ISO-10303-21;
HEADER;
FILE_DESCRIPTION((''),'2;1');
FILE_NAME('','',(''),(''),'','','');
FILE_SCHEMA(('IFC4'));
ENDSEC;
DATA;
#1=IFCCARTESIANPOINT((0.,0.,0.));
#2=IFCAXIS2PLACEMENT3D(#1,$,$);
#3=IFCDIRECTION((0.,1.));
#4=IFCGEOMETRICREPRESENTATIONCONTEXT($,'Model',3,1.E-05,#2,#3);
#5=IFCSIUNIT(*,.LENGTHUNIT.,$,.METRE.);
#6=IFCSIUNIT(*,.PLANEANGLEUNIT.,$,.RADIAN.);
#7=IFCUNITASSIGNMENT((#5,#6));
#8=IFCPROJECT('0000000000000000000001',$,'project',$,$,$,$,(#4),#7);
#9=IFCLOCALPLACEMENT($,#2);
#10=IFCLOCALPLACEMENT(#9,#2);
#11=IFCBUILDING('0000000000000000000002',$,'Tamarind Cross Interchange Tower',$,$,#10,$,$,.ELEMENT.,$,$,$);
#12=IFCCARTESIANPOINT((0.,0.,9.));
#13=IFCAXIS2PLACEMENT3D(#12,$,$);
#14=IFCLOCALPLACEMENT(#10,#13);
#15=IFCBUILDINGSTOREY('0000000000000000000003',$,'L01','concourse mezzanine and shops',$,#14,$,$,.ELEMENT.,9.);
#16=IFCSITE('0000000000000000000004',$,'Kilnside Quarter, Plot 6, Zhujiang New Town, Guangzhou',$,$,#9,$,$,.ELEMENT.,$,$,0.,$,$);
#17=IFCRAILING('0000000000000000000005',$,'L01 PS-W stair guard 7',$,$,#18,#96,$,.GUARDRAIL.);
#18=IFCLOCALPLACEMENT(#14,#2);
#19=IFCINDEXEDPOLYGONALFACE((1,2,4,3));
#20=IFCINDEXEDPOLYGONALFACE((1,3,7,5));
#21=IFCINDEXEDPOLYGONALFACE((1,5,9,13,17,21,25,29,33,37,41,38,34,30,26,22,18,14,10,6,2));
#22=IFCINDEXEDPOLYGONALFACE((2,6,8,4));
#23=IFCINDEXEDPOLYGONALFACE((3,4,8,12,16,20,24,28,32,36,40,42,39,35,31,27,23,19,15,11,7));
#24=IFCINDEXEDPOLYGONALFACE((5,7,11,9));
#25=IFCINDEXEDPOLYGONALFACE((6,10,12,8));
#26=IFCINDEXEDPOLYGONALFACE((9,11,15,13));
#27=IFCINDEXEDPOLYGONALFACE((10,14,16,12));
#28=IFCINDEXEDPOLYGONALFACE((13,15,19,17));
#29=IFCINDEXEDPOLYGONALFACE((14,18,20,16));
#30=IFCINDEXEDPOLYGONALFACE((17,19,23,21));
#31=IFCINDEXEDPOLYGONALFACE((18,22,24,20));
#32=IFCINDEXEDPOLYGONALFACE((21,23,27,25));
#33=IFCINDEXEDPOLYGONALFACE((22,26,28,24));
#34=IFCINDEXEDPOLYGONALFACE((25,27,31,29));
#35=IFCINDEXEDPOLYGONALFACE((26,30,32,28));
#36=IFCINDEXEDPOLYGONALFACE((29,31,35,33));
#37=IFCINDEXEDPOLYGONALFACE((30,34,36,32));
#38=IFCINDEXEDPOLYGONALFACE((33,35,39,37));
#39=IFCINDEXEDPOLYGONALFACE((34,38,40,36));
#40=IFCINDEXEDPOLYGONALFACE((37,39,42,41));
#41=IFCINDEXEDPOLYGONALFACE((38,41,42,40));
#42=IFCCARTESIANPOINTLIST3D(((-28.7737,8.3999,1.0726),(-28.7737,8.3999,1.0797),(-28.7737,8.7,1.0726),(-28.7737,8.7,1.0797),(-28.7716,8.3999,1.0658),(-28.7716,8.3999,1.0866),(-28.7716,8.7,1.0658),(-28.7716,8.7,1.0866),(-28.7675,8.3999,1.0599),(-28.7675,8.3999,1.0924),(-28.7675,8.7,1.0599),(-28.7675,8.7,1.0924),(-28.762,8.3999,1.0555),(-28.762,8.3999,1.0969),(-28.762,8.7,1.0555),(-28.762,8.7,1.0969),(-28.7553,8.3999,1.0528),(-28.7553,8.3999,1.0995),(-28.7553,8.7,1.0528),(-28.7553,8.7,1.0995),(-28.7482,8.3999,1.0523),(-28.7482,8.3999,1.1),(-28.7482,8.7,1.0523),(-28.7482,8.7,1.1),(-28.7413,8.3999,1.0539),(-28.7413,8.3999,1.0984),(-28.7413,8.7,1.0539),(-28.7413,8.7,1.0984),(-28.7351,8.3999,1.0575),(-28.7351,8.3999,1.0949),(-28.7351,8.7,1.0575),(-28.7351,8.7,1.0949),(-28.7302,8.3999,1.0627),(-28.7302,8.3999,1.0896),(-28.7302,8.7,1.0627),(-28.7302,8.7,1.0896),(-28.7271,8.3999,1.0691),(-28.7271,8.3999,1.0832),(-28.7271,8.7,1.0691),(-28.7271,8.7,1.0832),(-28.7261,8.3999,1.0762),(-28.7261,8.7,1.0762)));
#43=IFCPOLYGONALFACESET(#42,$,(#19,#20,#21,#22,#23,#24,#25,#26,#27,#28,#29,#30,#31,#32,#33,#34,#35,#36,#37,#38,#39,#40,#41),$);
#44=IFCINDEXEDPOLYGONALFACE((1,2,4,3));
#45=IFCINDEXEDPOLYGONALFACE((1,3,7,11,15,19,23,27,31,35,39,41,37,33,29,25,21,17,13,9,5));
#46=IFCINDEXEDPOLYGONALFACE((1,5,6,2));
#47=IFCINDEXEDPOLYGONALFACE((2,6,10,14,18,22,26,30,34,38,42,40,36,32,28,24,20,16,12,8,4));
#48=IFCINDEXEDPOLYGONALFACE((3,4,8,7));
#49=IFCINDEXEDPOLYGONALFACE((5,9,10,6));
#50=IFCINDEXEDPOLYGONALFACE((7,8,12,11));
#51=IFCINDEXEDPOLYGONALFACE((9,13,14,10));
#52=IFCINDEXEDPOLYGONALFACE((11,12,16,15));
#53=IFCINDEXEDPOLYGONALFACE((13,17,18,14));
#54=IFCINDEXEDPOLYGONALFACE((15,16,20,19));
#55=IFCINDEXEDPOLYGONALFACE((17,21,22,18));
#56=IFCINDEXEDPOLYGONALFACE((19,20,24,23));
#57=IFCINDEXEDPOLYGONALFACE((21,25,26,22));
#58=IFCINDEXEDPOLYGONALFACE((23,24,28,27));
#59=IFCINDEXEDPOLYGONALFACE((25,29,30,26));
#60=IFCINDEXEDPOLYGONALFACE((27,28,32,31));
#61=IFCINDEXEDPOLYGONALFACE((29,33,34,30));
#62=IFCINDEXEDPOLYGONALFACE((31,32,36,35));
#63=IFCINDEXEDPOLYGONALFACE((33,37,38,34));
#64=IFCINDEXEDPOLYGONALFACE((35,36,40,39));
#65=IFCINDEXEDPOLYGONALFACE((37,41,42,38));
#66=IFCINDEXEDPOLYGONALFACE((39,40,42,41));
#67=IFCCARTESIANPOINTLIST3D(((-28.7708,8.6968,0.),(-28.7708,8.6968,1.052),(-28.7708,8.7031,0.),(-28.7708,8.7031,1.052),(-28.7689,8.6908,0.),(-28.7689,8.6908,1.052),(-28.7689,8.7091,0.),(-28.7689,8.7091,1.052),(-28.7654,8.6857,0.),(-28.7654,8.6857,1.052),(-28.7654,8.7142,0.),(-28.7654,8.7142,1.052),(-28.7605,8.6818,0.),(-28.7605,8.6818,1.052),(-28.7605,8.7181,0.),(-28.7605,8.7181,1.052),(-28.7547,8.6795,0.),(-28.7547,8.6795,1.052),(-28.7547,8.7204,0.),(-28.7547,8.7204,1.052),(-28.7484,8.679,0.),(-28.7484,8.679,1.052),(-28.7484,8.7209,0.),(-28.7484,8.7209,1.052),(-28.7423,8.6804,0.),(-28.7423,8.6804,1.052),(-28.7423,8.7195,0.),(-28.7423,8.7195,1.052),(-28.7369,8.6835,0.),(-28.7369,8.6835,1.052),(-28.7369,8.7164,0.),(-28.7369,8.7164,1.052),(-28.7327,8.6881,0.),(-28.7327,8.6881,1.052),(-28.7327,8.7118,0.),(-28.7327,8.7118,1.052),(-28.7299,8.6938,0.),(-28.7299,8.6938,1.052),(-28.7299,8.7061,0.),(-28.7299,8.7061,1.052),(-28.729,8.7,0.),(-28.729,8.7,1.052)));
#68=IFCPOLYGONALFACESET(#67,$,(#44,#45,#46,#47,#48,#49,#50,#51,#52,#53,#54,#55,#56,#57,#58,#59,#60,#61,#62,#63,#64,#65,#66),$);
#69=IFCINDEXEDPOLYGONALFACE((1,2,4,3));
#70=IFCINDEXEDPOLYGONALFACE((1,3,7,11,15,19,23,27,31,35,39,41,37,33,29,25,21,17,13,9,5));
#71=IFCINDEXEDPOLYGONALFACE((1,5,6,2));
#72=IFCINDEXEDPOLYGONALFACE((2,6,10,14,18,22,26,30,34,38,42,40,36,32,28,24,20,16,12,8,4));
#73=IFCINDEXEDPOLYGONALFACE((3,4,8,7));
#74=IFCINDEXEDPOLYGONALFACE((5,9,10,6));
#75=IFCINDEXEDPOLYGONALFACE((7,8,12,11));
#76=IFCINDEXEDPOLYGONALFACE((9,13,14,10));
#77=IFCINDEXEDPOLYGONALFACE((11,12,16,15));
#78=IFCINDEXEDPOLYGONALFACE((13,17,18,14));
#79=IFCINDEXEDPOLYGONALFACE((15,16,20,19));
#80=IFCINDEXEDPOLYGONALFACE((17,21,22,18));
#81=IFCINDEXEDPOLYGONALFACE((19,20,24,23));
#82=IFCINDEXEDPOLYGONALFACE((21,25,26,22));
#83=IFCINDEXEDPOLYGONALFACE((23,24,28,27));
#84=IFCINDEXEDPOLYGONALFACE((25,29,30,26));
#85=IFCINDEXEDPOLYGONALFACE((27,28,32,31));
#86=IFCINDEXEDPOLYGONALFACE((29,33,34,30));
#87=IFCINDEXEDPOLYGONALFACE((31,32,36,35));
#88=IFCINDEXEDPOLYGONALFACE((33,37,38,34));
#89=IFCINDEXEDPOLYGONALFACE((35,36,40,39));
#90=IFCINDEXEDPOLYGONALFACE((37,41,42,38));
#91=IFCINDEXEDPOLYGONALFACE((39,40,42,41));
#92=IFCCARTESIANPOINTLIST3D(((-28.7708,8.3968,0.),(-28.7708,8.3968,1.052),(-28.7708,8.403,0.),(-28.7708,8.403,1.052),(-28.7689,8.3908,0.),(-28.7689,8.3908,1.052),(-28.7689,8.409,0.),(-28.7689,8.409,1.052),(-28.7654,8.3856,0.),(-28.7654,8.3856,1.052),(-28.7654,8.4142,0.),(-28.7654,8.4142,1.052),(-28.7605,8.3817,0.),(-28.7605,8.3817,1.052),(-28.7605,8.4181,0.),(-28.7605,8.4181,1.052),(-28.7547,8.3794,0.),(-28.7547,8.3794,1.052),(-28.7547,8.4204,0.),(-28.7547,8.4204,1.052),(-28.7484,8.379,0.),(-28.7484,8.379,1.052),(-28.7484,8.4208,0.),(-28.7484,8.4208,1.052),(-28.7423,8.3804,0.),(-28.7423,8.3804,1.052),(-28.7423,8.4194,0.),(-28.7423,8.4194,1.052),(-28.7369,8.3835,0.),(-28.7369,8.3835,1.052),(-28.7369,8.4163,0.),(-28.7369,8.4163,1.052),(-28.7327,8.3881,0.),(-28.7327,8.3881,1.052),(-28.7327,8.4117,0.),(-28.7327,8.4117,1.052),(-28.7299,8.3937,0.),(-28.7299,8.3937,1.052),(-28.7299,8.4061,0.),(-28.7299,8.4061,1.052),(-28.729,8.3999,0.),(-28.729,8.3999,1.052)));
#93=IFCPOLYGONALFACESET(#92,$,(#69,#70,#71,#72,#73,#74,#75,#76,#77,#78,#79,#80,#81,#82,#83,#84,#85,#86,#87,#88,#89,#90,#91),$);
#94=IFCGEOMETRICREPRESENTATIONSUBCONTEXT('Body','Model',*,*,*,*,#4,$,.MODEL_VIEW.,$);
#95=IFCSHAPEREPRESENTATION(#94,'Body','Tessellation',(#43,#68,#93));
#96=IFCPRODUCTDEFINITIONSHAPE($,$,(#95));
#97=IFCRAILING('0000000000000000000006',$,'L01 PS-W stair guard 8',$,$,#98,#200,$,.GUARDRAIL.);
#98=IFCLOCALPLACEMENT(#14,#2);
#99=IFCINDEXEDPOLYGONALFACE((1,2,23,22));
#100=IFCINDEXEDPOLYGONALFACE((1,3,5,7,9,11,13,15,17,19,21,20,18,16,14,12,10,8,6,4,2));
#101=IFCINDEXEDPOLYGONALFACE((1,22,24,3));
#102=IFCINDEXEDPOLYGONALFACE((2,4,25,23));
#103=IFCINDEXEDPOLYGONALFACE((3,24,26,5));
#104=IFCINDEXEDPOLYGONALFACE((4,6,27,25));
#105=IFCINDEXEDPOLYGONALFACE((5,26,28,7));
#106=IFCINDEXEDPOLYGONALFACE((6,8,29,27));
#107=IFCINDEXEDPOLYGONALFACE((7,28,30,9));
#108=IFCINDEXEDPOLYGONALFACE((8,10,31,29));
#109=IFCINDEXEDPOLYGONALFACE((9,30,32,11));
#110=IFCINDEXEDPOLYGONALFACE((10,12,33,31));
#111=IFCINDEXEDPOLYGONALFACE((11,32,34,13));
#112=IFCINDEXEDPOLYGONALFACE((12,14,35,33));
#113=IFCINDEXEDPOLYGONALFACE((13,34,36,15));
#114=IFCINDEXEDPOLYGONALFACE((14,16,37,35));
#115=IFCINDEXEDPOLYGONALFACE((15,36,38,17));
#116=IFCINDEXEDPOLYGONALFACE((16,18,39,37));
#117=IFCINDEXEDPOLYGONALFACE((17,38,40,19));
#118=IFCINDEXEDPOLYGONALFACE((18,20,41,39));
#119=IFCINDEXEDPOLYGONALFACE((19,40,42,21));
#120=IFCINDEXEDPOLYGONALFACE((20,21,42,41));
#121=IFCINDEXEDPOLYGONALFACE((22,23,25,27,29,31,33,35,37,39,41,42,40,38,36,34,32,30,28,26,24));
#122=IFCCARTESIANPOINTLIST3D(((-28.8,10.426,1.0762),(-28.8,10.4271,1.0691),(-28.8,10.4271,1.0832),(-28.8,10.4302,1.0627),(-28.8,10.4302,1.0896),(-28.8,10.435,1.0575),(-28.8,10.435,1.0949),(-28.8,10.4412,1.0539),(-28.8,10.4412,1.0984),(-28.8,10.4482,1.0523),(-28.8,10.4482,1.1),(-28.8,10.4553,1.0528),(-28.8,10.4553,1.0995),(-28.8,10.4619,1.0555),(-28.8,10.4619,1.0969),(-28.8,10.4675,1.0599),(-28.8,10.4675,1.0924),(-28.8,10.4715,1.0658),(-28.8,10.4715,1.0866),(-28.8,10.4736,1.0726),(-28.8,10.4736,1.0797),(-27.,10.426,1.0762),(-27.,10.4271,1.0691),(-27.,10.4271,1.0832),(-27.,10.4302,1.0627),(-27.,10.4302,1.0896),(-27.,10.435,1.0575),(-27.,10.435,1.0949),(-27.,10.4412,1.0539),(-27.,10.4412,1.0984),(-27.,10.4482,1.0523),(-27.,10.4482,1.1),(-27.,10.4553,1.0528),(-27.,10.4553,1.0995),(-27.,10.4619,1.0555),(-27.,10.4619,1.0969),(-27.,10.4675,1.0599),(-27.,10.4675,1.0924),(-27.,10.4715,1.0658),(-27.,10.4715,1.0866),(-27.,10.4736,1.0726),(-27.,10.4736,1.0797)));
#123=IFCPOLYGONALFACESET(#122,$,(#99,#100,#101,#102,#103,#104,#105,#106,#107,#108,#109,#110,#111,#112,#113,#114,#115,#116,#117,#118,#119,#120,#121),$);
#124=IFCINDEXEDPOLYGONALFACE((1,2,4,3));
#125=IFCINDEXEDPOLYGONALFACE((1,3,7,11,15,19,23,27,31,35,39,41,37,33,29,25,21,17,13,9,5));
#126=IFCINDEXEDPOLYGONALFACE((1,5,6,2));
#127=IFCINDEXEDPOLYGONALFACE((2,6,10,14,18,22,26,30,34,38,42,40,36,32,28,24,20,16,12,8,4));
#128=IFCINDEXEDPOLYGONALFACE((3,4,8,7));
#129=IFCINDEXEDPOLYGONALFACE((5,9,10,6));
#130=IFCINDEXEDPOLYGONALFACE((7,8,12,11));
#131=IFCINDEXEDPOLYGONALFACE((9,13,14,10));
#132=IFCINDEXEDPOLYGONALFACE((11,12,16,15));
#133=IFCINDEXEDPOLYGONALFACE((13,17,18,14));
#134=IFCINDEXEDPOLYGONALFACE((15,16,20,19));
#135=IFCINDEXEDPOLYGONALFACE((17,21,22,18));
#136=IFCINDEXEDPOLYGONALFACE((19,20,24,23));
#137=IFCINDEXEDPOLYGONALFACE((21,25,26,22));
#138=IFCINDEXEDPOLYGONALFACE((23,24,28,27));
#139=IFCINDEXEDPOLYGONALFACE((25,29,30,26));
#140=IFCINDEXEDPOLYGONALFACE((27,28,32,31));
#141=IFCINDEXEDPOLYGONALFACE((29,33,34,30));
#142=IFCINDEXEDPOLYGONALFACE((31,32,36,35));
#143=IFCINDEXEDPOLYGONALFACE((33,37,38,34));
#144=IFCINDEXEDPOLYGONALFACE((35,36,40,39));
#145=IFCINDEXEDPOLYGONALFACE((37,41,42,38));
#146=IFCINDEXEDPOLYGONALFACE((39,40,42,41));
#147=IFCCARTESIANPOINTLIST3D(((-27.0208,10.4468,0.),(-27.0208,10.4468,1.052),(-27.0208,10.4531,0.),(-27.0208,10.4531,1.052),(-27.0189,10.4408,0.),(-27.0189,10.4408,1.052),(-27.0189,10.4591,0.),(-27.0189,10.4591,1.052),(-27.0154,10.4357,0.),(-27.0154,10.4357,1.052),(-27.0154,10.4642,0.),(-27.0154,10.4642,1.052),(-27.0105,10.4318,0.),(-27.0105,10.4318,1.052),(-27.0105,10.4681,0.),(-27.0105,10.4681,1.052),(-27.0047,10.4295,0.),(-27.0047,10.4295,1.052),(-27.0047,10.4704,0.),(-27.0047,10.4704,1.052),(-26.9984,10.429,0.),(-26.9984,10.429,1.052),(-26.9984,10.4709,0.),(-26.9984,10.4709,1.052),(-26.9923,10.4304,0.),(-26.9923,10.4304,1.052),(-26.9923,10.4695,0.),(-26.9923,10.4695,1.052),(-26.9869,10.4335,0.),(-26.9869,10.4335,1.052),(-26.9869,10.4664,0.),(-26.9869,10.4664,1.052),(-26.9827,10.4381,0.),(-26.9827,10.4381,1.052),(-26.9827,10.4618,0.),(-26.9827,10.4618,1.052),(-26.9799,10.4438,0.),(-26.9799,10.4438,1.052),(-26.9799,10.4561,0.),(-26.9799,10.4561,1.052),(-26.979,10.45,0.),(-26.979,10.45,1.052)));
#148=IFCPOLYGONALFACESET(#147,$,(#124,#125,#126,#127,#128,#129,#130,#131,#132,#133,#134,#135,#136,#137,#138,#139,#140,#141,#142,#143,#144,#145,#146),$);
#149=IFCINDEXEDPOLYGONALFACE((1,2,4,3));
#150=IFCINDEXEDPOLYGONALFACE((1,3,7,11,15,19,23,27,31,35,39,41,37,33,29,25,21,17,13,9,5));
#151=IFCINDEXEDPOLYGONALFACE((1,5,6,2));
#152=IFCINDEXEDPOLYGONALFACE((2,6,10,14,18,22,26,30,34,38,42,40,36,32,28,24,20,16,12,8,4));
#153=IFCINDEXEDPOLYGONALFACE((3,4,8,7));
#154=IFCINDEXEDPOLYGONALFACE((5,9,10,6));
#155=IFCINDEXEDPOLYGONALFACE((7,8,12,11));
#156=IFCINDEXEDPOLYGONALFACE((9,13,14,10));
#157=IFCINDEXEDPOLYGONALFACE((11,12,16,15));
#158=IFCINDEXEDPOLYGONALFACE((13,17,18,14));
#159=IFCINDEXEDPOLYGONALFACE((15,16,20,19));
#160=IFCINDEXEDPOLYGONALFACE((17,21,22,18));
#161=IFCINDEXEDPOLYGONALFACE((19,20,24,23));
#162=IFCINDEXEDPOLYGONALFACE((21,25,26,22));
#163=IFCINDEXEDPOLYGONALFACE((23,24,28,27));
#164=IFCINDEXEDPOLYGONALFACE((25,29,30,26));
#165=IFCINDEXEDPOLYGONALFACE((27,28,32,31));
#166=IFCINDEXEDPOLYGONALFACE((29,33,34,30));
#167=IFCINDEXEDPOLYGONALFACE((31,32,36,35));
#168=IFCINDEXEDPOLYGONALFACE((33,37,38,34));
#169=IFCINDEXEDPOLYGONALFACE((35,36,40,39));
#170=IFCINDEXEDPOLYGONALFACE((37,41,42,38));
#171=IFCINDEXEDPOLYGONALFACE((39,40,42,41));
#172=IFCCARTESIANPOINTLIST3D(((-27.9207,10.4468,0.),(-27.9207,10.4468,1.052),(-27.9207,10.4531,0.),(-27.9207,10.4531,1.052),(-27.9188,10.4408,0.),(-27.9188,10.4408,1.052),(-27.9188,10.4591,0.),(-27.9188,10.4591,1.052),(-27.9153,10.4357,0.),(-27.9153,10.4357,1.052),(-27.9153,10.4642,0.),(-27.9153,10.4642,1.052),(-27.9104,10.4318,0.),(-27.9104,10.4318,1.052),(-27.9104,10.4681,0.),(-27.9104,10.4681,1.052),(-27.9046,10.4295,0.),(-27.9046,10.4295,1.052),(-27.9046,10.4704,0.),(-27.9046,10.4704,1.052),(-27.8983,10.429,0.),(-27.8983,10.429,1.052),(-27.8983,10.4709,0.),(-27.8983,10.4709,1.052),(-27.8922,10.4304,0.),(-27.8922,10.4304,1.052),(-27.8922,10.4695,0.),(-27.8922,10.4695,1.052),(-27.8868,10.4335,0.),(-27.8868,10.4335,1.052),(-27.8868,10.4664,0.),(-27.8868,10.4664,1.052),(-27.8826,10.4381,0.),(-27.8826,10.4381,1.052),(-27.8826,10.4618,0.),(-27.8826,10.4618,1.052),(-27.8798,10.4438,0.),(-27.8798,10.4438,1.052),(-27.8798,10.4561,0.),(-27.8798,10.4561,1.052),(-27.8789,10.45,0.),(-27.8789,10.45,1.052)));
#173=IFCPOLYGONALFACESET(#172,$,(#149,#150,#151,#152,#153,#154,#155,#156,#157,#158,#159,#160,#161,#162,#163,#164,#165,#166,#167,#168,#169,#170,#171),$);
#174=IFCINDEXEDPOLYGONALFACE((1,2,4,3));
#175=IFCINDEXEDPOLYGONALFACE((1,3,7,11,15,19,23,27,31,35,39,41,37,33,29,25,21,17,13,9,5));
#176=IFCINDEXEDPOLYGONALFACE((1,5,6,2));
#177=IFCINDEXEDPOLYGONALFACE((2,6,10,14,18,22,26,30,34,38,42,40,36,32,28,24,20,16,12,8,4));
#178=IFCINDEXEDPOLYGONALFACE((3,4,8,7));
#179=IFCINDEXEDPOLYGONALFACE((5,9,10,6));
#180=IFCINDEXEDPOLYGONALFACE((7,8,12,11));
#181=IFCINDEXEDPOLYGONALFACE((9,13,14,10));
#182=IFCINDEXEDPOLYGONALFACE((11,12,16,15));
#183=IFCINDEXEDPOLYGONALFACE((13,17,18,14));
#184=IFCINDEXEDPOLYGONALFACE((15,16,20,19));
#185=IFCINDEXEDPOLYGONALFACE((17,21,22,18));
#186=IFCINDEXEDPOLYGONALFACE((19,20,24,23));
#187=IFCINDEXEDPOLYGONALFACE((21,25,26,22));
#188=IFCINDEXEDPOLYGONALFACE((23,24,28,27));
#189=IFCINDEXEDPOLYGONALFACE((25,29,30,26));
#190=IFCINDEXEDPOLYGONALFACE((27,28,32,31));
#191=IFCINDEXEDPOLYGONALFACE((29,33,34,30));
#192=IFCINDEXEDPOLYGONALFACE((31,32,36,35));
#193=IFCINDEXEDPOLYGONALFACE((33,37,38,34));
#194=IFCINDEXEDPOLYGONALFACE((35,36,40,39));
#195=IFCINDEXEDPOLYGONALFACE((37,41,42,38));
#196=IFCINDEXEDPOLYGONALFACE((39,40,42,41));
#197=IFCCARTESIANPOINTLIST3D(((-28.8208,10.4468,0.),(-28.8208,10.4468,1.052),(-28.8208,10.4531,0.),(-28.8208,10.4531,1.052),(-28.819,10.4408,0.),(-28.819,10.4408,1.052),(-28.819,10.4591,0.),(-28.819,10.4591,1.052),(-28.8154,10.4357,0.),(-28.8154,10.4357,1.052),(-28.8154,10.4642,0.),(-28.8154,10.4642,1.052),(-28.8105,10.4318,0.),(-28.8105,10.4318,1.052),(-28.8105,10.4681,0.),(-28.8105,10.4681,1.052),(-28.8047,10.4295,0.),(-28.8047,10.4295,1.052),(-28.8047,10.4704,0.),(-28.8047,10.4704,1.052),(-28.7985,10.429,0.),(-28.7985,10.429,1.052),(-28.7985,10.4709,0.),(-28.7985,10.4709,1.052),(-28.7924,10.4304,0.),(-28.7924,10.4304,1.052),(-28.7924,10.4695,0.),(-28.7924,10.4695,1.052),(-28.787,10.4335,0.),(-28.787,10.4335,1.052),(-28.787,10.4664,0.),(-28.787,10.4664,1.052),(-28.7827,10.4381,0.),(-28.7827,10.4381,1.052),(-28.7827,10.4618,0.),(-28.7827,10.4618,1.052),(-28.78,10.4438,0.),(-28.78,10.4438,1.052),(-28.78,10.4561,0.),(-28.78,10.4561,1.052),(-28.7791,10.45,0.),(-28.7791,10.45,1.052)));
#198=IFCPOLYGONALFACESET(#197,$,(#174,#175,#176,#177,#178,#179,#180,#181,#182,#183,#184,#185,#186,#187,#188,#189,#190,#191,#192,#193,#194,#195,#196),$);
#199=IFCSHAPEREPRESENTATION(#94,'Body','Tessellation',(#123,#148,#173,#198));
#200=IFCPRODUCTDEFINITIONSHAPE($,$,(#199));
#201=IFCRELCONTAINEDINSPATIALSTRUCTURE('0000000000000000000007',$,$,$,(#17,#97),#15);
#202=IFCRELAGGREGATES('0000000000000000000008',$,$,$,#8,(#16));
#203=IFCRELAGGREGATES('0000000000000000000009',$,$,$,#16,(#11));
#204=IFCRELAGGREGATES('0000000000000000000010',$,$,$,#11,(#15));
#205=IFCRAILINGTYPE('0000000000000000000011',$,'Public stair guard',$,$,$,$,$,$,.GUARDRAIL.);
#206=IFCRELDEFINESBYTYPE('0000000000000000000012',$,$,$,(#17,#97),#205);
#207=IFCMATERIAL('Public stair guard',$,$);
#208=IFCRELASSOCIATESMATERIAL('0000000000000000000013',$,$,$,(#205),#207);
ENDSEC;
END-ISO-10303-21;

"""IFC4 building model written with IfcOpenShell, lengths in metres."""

from ifc_helpers import new_model, si_unit, direction, frame, origin, origin_2d, place, context, subcontext, project, spatial, circle, extrude, material, type_object, element, save


model = new_model("IFC4")

# Units and contexts
model_context = context("Model", 3, precision=1e-05, world=origin(), true_north=direction((0.0, 1.0)))
body_context = subcontext(model_context, "Body", "Model", "MODEL_VIEW")
ifc_project = project(units=[si_unit("LENGTHUNIT", "METRE"), si_unit("PLANEANGLEUNIT", "RADIAN")], contexts=[model_context])

# Site, building, storey
site_placement = place(None, origin())
site = spatial("IfcSite", under=ifc_project, at=site_placement, Name="Kilnside Quarter, Plot 6, Zhujiang New Town, Guangzhou", CompositionType="ELEMENT", RefElevation=0.0)
building_placement = place(site_placement, origin())
building = spatial("IfcBuilding", under=site, at=building_placement, Name="Tamarind Cross Interchange Tower", CompositionType="ELEMENT")
storey_placement = place(building_placement, frame((0.0, 0.0, 9.0)))
storey = spatial("IfcBuildingStorey", under=building, at=storey_placement, Name="L01", Description="concourse mezzanine and shops", CompositionType="ELEMENT", Elevation=9.0)

# Railings
ifc_material_1 = material(Name="Public stair guard")
railing_type_1 = type_object("IfcRailingType", Name="Public stair guard", PredefinedType="GUARDRAIL", material=ifc_material_1)
railing_1_placement = place(storey_placement, frame((-28.75, 8.7, 0.0)))
element("IfcRailing", 1, at=railing_1_placement, inside=storey, type_object=railing_type_1, Name="L01 PS-W stair guard 7", PredefinedType="GUARDRAIL", context=body_context, shape_type="SweptSolid", body=[
    extrude(circle(Radius=0.0239, at=origin_2d()), frame((0.0, 0.0, 1.0762), z_axis=(0.0, -1.0, 0.0), x_axis=(1.0, 0.0, 0.0)), (0.0, 0.0, 1.0), 0.3),
    extrude(circle(Radius=0.021, at=origin_2d()), origin(), (0.0, 0.0, 1.0), 1.052),
    extrude(circle(Radius=0.021, at=origin_2d()), frame((0.0, -0.3, 0.0)), (0.0, 0.0, 1.0), 1.052),
])
for number, where, name in (
    (2, (-27.0, 10.45, 0.0), "L01 PS-W stair guard 8"),
):
    element("IfcRailing", number, at=place(storey_placement, frame(where)), inside=storey, type_object=railing_type_1, Name=name, PredefinedType="GUARDRAIL", context=body_context, shape_type="SweptSolid", body=[
        extrude(circle(Radius=0.0239, at=origin_2d()), frame((0.0, 0.0, 1.0762), z_axis=(-1.0, 0.0, 0.0), x_axis=(0.0, -1.0, 0.0)), (0.0, 0.0, 1.0), 1.8),
        extrude(circle(Radius=0.021, at=origin_2d()), origin(), (0.0, 0.0, 1.0), 1.052),
        extrude(circle(Radius=0.021, at=origin_2d()), frame((-0.8999, 0.0, 0.0)), (0.0, 0.0, 1.0), 1.052),
        extrude(circle(Radius=0.021, at=origin_2d()), frame((-1.8, 0.0, 0.0)), (0.0, 0.0, 1.0), 1.052),
    ])

save(model, "model.ifc")
